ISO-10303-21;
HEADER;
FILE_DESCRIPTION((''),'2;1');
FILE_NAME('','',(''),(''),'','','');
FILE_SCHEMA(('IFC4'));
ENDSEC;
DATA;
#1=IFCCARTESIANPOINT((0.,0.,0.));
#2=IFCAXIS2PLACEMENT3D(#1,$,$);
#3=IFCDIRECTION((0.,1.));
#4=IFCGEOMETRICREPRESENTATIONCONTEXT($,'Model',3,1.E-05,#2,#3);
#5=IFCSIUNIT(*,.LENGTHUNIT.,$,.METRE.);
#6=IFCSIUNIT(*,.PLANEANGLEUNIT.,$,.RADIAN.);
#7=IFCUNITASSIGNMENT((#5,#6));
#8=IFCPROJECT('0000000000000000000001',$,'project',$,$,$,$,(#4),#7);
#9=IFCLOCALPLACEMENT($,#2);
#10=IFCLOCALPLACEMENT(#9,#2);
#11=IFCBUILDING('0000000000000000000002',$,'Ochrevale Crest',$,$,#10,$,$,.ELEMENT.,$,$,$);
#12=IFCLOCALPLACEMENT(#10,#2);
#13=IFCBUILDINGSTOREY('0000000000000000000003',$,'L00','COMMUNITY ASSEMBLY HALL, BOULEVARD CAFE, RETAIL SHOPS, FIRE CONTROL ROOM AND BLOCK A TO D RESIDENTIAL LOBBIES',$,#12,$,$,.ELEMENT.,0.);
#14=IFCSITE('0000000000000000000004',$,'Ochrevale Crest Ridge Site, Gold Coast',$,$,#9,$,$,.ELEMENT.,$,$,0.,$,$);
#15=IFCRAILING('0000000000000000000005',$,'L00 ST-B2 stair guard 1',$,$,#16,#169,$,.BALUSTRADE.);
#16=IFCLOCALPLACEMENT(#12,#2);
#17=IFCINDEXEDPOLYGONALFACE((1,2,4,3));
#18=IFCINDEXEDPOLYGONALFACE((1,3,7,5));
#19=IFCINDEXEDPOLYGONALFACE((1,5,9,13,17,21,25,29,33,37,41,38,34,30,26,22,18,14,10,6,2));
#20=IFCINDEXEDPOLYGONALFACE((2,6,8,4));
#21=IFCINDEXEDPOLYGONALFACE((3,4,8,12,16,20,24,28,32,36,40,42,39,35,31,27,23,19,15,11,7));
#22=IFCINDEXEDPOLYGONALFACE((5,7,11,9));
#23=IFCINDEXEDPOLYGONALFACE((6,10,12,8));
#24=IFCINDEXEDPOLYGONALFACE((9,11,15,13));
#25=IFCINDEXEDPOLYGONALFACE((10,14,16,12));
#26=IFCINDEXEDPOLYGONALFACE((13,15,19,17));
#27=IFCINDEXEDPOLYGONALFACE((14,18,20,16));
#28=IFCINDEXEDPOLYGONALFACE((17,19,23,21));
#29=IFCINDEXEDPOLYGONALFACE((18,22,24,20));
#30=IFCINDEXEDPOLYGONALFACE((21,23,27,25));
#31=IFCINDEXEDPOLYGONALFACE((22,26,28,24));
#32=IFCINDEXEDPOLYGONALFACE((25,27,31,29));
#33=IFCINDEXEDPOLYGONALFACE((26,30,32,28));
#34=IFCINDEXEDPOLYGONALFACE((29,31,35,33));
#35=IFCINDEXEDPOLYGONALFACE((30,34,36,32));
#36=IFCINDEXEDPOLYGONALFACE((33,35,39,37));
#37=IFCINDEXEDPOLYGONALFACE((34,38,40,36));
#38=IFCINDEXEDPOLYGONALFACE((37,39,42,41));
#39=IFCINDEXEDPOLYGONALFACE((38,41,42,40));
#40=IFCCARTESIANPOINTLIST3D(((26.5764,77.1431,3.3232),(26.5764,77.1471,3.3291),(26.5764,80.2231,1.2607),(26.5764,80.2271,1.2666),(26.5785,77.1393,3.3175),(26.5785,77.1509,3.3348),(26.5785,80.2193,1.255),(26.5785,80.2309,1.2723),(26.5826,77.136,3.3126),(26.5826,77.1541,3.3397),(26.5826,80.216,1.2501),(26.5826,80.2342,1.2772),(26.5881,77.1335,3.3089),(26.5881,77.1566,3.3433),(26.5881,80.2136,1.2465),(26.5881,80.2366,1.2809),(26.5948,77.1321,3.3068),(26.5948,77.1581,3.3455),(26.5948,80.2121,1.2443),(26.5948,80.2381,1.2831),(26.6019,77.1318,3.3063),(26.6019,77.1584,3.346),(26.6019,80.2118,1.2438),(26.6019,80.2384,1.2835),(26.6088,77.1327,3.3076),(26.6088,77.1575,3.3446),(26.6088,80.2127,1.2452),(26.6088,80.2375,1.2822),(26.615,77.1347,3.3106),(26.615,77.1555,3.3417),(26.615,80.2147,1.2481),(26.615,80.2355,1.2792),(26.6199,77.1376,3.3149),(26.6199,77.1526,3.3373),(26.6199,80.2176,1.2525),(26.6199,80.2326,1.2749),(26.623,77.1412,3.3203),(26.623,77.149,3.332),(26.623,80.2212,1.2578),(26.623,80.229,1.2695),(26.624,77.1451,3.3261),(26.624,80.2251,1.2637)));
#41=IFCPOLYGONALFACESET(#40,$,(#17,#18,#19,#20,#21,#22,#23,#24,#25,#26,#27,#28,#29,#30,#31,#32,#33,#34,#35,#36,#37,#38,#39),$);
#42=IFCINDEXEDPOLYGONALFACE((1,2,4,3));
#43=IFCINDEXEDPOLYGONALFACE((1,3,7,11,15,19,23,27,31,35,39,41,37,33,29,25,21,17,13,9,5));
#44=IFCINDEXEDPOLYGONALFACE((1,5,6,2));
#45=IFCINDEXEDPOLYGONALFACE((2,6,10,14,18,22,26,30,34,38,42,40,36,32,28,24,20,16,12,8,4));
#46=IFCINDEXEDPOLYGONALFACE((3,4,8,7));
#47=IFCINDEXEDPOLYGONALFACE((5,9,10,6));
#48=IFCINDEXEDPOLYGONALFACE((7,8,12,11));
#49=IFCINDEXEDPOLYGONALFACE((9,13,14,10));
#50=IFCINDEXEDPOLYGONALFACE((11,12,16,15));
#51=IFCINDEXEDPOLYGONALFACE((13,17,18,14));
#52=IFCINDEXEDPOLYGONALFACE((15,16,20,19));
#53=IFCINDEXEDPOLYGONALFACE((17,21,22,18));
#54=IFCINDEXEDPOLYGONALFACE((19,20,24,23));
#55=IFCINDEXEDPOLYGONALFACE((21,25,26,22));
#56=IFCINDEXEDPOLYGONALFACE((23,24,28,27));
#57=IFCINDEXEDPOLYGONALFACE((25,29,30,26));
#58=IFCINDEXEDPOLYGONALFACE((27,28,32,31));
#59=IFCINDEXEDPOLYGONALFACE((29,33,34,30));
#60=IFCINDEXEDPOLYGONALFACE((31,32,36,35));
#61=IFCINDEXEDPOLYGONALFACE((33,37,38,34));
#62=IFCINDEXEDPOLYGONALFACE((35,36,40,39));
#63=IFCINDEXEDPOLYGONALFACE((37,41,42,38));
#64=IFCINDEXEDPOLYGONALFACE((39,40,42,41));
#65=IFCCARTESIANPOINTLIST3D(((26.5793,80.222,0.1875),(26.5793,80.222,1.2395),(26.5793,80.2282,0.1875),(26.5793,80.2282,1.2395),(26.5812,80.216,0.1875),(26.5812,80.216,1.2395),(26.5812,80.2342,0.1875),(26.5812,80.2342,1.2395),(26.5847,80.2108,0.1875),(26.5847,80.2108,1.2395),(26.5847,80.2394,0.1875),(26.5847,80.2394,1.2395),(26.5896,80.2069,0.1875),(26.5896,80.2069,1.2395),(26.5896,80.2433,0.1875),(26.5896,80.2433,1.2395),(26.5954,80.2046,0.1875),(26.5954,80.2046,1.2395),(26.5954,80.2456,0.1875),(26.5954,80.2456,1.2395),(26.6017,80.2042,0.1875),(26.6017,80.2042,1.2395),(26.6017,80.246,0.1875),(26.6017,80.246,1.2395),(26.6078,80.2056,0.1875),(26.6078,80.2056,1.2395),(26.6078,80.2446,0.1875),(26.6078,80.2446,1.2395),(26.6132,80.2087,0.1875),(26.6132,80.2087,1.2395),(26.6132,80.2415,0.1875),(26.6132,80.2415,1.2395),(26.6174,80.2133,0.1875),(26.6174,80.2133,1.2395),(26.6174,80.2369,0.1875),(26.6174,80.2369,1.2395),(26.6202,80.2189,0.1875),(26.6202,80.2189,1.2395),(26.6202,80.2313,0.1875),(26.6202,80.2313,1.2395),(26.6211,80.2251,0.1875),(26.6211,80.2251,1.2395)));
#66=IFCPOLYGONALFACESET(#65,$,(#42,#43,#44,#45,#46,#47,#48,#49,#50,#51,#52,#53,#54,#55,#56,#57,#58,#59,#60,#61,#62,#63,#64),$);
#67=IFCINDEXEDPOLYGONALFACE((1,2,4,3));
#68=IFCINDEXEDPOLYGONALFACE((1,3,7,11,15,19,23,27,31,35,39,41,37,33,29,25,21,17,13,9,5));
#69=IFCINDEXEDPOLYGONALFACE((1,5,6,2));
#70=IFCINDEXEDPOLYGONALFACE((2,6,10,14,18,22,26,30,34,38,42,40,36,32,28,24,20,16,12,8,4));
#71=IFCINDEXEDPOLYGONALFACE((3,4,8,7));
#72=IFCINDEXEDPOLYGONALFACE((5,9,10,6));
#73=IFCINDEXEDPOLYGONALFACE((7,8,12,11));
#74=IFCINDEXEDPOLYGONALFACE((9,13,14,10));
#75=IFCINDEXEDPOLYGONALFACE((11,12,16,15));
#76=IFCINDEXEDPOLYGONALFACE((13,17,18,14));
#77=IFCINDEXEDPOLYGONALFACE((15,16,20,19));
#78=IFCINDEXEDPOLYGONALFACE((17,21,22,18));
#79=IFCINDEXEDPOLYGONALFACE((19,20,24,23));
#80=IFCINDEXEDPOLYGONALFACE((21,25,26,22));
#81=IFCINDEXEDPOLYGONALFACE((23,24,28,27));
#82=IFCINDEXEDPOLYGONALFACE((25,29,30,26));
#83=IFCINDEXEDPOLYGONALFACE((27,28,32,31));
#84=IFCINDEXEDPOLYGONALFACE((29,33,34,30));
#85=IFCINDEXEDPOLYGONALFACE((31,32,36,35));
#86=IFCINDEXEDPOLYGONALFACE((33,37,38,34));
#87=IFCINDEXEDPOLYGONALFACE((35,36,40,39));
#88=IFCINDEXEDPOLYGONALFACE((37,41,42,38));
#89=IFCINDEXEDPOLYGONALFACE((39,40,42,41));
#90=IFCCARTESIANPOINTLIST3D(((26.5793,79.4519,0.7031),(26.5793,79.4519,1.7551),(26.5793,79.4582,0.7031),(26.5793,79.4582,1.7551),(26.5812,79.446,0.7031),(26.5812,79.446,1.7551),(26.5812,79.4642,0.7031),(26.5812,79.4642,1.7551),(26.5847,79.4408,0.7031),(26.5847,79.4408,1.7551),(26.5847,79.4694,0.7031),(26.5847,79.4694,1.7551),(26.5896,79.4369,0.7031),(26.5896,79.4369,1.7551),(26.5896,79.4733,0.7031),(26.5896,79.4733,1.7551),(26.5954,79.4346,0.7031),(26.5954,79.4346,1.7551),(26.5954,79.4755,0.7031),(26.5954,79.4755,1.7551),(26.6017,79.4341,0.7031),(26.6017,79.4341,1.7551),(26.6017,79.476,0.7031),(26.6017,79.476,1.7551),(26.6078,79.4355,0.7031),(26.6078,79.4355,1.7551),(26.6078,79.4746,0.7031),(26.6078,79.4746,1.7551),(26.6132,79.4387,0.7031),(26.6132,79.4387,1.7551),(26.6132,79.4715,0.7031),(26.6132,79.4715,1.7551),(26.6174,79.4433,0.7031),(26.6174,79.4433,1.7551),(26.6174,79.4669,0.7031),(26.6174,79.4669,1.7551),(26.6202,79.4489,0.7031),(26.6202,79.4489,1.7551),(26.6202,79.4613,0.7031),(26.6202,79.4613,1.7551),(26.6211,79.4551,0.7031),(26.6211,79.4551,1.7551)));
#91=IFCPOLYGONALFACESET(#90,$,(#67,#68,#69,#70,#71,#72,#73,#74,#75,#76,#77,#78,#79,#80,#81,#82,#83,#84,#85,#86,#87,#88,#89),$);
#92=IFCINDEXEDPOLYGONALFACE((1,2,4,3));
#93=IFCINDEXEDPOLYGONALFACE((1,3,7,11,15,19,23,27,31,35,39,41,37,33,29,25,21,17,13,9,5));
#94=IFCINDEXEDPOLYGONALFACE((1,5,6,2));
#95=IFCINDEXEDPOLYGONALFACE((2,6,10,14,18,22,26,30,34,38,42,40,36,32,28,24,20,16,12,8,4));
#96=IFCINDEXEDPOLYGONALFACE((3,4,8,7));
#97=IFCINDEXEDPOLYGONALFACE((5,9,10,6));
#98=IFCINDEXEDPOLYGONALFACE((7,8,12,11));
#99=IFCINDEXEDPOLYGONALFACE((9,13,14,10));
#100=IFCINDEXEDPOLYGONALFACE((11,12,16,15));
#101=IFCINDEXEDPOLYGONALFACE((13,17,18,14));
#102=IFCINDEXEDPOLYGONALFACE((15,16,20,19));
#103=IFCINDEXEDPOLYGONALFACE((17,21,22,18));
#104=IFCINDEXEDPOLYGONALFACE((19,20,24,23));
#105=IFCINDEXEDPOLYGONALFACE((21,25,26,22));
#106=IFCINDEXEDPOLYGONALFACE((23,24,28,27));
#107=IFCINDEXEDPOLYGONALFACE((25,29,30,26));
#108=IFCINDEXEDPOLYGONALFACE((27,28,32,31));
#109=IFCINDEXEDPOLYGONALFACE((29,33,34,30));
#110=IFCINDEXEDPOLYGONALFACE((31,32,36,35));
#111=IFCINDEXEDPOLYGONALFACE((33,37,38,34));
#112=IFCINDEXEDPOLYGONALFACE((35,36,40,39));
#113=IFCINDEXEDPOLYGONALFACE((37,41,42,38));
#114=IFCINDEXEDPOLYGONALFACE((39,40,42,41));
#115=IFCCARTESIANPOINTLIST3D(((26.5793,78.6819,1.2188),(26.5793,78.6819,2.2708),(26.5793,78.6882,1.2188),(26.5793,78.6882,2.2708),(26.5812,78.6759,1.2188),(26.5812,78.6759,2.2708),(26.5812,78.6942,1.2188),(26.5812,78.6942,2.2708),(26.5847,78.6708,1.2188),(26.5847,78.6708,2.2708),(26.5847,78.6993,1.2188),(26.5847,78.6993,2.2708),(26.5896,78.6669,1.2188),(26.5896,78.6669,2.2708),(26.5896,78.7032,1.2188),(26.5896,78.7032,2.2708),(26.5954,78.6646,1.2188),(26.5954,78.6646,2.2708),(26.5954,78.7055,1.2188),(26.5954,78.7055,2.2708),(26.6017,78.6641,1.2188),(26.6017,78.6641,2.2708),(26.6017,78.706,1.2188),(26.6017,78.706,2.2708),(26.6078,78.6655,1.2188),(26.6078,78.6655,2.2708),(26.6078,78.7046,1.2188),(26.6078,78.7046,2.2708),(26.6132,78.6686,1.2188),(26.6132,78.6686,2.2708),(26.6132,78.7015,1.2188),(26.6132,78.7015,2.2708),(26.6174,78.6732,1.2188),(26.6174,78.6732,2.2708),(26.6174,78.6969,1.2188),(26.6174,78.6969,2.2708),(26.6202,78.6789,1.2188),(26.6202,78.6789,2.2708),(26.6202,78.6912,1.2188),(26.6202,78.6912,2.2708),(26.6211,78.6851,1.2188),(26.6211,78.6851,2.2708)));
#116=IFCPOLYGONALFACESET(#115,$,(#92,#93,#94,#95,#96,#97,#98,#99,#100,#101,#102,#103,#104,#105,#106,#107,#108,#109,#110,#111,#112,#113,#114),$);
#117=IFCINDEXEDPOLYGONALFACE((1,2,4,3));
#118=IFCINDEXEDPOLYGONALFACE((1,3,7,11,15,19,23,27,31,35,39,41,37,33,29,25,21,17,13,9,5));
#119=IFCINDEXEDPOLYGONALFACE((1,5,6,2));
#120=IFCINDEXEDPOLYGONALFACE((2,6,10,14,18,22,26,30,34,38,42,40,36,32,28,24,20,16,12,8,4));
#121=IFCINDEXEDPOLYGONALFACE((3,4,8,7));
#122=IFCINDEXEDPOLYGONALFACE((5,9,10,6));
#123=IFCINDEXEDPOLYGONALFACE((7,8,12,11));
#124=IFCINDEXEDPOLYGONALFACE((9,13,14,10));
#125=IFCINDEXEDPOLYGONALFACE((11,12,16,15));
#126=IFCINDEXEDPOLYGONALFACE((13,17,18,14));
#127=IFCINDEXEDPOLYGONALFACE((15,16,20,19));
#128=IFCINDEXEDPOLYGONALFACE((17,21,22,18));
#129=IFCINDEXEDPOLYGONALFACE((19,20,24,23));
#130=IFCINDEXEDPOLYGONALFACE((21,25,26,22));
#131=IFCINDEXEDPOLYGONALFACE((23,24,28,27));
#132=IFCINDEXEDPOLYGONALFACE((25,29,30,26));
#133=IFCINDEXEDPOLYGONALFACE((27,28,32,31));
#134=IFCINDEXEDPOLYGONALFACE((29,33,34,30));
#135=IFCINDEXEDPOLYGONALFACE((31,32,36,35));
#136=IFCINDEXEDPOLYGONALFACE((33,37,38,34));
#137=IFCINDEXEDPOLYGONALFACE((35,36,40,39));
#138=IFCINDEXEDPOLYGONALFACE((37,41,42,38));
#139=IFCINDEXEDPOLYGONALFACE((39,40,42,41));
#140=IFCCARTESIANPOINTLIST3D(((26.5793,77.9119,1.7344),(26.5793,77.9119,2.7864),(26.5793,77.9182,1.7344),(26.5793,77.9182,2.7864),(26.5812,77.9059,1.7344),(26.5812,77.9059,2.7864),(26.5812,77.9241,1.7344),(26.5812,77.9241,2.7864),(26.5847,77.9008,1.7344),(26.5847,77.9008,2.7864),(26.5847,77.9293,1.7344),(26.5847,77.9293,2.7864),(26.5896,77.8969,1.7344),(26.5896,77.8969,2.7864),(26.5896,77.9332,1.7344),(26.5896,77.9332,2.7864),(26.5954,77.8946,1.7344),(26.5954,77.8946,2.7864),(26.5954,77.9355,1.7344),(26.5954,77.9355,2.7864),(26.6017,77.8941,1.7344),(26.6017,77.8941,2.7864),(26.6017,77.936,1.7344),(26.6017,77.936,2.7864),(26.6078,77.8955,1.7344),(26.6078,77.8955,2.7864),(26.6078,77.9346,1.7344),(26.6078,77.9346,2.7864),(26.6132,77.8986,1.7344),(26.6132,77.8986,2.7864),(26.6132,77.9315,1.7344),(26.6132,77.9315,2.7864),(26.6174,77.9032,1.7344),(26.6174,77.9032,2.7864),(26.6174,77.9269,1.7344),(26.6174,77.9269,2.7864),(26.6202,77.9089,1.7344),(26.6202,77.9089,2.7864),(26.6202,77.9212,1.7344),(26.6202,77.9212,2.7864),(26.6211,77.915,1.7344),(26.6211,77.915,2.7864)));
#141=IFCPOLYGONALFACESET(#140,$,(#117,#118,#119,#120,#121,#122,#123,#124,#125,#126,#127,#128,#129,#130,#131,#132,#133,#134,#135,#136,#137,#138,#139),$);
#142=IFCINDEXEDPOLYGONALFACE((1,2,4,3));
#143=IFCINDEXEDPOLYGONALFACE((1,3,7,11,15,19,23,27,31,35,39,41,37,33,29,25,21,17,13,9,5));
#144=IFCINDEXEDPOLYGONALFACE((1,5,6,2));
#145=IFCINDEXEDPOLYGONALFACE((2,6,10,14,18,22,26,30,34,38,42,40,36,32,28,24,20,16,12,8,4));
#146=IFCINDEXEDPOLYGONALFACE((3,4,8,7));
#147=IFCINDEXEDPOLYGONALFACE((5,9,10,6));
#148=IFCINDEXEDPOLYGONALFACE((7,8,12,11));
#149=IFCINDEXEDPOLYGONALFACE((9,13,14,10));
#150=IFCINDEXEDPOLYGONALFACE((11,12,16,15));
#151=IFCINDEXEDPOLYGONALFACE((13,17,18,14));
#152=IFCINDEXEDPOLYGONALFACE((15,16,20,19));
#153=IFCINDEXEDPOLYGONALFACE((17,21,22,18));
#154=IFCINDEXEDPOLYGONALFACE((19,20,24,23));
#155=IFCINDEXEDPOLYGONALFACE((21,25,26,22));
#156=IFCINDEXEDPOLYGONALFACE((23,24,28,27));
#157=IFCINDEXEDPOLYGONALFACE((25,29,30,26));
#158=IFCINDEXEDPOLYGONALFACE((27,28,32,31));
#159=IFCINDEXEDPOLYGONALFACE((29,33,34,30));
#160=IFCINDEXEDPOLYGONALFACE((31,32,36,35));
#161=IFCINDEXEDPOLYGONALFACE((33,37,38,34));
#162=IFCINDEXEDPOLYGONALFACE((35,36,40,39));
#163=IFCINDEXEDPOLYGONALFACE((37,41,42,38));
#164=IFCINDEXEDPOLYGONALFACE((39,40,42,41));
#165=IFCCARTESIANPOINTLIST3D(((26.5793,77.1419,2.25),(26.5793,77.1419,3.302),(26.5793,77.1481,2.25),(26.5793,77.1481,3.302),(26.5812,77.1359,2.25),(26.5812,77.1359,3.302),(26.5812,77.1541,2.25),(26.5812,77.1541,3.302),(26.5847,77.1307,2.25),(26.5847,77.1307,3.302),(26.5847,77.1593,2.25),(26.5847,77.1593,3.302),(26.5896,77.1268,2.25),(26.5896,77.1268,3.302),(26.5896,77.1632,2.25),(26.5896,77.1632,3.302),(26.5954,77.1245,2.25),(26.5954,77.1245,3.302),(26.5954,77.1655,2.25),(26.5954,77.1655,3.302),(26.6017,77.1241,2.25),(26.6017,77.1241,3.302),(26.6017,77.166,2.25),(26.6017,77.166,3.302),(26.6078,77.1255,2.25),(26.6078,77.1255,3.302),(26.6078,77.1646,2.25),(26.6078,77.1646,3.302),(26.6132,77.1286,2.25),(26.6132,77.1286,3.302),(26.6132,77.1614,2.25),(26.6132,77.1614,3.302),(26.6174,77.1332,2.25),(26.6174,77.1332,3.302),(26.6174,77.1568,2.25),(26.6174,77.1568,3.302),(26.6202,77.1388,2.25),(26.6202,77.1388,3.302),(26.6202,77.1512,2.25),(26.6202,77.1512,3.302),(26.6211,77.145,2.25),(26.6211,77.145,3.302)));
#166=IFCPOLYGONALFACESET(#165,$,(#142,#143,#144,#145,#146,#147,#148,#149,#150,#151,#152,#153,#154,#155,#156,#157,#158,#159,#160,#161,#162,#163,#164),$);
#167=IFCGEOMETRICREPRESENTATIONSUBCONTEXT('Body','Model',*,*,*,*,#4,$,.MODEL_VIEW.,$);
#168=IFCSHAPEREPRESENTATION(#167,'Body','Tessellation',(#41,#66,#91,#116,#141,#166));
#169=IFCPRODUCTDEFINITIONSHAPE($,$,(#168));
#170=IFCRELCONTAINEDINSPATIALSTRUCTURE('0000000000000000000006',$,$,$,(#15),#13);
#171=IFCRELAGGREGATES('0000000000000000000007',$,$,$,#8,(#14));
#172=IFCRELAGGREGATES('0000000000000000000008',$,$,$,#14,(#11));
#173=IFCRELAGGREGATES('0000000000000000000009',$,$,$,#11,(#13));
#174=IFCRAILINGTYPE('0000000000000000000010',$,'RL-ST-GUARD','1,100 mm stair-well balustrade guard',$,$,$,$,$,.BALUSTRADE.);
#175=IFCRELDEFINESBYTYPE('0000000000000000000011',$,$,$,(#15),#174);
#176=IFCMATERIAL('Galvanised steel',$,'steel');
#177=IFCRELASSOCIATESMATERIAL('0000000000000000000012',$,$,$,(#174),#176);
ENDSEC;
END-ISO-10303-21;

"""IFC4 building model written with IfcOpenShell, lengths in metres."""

from ifc_helpers import new_model, si_unit, direction, frame, origin, origin_2d, place, context, subcontext, project, spatial, circle, extrude, material, type_object, element, save


model = new_model("IFC4")

# Units and contexts
model_context = context("Model", 3, precision=1e-05, world=origin(), true_north=direction((0.0, 1.0)))
body_context = subcontext(model_context, "Body", "Model", "MODEL_VIEW")
ifc_project = project(units=[si_unit("LENGTHUNIT", "METRE"), si_unit("PLANEANGLEUNIT", "RADIAN")], contexts=[model_context])

# Site, building, storey
site_placement = place(None, origin())
site = spatial("IfcSite", under=ifc_project, at=site_placement, Name="Ochrevale Crest Ridge Site, Gold Coast", CompositionType="ELEMENT", RefElevation=0.0)
building_placement = place(site_placement, origin())
building = spatial("IfcBuilding", under=site, at=building_placement, Name="Ochrevale Crest", CompositionType="ELEMENT")
storey_placement = place(building_placement, origin())
storey = spatial("IfcBuildingStorey", under=building, at=storey_placement, Name="L00", Description="COMMUNITY ASSEMBLY HALL, BOULEVARD CAFE, RETAIL SHOPS, FIRE CONTROL ROOM AND BLOCK A TO D RESIDENTIAL LOBBIES", CompositionType="ELEMENT", Elevation=0.0)

# Railing
ifc_material_1 = material(Name="Galvanised steel", Category="steel")
railing_type_1 = type_object("IfcRailingType", Name="RL-ST-GUARD", Description="1,100 mm stair-well balustrade guard", PredefinedType="BALUSTRADE", material=ifc_material_1)
railing_1_placement = place(storey_placement, frame((26.6001, 80.2251, 0.1875)))
element("IfcRailing", 1, at=railing_1_placement, inside=storey, type_object=railing_type_1, Name="L00 ST-B2 stair guard 1", PredefinedType="BALUSTRADE", context=body_context, shape_type="SweptSolid", body=[
    extrude(circle(Radius=0.0239, at=origin_2d()), frame((0.0, 0.0, 1.0762), z_axis=(0.0, -0.830914, 0.556401), x_axis=(1.0, 0.0, 0.0)), (0.0, 0.0, 1.0), 3.7068),
    extrude(circle(Radius=0.021, at=origin_2d()), origin(), (0.0, 0.0, 1.0), 1.052),
    extrude(circle(Radius=0.021, at=origin_2d()), frame((0.0, -0.77, 0.5156)), (0.0, 0.0, 1.0), 1.052),
    extrude(circle(Radius=0.021, at=origin_2d()), frame((0.0, -1.54, 1.0312)), (0.0, 0.0, 1.0), 1.052),
    extrude(circle(Radius=0.021, at=origin_2d()), frame((0.0, -2.3101, 1.5469)), (0.0, 0.0, 1.0), 1.052),
    extrude(circle(Radius=0.021, at=origin_2d()), frame((0.0, -3.0801, 2.0625)), (0.0, 0.0, 1.0), 1.052),
])

save(model, "model.ifc")
